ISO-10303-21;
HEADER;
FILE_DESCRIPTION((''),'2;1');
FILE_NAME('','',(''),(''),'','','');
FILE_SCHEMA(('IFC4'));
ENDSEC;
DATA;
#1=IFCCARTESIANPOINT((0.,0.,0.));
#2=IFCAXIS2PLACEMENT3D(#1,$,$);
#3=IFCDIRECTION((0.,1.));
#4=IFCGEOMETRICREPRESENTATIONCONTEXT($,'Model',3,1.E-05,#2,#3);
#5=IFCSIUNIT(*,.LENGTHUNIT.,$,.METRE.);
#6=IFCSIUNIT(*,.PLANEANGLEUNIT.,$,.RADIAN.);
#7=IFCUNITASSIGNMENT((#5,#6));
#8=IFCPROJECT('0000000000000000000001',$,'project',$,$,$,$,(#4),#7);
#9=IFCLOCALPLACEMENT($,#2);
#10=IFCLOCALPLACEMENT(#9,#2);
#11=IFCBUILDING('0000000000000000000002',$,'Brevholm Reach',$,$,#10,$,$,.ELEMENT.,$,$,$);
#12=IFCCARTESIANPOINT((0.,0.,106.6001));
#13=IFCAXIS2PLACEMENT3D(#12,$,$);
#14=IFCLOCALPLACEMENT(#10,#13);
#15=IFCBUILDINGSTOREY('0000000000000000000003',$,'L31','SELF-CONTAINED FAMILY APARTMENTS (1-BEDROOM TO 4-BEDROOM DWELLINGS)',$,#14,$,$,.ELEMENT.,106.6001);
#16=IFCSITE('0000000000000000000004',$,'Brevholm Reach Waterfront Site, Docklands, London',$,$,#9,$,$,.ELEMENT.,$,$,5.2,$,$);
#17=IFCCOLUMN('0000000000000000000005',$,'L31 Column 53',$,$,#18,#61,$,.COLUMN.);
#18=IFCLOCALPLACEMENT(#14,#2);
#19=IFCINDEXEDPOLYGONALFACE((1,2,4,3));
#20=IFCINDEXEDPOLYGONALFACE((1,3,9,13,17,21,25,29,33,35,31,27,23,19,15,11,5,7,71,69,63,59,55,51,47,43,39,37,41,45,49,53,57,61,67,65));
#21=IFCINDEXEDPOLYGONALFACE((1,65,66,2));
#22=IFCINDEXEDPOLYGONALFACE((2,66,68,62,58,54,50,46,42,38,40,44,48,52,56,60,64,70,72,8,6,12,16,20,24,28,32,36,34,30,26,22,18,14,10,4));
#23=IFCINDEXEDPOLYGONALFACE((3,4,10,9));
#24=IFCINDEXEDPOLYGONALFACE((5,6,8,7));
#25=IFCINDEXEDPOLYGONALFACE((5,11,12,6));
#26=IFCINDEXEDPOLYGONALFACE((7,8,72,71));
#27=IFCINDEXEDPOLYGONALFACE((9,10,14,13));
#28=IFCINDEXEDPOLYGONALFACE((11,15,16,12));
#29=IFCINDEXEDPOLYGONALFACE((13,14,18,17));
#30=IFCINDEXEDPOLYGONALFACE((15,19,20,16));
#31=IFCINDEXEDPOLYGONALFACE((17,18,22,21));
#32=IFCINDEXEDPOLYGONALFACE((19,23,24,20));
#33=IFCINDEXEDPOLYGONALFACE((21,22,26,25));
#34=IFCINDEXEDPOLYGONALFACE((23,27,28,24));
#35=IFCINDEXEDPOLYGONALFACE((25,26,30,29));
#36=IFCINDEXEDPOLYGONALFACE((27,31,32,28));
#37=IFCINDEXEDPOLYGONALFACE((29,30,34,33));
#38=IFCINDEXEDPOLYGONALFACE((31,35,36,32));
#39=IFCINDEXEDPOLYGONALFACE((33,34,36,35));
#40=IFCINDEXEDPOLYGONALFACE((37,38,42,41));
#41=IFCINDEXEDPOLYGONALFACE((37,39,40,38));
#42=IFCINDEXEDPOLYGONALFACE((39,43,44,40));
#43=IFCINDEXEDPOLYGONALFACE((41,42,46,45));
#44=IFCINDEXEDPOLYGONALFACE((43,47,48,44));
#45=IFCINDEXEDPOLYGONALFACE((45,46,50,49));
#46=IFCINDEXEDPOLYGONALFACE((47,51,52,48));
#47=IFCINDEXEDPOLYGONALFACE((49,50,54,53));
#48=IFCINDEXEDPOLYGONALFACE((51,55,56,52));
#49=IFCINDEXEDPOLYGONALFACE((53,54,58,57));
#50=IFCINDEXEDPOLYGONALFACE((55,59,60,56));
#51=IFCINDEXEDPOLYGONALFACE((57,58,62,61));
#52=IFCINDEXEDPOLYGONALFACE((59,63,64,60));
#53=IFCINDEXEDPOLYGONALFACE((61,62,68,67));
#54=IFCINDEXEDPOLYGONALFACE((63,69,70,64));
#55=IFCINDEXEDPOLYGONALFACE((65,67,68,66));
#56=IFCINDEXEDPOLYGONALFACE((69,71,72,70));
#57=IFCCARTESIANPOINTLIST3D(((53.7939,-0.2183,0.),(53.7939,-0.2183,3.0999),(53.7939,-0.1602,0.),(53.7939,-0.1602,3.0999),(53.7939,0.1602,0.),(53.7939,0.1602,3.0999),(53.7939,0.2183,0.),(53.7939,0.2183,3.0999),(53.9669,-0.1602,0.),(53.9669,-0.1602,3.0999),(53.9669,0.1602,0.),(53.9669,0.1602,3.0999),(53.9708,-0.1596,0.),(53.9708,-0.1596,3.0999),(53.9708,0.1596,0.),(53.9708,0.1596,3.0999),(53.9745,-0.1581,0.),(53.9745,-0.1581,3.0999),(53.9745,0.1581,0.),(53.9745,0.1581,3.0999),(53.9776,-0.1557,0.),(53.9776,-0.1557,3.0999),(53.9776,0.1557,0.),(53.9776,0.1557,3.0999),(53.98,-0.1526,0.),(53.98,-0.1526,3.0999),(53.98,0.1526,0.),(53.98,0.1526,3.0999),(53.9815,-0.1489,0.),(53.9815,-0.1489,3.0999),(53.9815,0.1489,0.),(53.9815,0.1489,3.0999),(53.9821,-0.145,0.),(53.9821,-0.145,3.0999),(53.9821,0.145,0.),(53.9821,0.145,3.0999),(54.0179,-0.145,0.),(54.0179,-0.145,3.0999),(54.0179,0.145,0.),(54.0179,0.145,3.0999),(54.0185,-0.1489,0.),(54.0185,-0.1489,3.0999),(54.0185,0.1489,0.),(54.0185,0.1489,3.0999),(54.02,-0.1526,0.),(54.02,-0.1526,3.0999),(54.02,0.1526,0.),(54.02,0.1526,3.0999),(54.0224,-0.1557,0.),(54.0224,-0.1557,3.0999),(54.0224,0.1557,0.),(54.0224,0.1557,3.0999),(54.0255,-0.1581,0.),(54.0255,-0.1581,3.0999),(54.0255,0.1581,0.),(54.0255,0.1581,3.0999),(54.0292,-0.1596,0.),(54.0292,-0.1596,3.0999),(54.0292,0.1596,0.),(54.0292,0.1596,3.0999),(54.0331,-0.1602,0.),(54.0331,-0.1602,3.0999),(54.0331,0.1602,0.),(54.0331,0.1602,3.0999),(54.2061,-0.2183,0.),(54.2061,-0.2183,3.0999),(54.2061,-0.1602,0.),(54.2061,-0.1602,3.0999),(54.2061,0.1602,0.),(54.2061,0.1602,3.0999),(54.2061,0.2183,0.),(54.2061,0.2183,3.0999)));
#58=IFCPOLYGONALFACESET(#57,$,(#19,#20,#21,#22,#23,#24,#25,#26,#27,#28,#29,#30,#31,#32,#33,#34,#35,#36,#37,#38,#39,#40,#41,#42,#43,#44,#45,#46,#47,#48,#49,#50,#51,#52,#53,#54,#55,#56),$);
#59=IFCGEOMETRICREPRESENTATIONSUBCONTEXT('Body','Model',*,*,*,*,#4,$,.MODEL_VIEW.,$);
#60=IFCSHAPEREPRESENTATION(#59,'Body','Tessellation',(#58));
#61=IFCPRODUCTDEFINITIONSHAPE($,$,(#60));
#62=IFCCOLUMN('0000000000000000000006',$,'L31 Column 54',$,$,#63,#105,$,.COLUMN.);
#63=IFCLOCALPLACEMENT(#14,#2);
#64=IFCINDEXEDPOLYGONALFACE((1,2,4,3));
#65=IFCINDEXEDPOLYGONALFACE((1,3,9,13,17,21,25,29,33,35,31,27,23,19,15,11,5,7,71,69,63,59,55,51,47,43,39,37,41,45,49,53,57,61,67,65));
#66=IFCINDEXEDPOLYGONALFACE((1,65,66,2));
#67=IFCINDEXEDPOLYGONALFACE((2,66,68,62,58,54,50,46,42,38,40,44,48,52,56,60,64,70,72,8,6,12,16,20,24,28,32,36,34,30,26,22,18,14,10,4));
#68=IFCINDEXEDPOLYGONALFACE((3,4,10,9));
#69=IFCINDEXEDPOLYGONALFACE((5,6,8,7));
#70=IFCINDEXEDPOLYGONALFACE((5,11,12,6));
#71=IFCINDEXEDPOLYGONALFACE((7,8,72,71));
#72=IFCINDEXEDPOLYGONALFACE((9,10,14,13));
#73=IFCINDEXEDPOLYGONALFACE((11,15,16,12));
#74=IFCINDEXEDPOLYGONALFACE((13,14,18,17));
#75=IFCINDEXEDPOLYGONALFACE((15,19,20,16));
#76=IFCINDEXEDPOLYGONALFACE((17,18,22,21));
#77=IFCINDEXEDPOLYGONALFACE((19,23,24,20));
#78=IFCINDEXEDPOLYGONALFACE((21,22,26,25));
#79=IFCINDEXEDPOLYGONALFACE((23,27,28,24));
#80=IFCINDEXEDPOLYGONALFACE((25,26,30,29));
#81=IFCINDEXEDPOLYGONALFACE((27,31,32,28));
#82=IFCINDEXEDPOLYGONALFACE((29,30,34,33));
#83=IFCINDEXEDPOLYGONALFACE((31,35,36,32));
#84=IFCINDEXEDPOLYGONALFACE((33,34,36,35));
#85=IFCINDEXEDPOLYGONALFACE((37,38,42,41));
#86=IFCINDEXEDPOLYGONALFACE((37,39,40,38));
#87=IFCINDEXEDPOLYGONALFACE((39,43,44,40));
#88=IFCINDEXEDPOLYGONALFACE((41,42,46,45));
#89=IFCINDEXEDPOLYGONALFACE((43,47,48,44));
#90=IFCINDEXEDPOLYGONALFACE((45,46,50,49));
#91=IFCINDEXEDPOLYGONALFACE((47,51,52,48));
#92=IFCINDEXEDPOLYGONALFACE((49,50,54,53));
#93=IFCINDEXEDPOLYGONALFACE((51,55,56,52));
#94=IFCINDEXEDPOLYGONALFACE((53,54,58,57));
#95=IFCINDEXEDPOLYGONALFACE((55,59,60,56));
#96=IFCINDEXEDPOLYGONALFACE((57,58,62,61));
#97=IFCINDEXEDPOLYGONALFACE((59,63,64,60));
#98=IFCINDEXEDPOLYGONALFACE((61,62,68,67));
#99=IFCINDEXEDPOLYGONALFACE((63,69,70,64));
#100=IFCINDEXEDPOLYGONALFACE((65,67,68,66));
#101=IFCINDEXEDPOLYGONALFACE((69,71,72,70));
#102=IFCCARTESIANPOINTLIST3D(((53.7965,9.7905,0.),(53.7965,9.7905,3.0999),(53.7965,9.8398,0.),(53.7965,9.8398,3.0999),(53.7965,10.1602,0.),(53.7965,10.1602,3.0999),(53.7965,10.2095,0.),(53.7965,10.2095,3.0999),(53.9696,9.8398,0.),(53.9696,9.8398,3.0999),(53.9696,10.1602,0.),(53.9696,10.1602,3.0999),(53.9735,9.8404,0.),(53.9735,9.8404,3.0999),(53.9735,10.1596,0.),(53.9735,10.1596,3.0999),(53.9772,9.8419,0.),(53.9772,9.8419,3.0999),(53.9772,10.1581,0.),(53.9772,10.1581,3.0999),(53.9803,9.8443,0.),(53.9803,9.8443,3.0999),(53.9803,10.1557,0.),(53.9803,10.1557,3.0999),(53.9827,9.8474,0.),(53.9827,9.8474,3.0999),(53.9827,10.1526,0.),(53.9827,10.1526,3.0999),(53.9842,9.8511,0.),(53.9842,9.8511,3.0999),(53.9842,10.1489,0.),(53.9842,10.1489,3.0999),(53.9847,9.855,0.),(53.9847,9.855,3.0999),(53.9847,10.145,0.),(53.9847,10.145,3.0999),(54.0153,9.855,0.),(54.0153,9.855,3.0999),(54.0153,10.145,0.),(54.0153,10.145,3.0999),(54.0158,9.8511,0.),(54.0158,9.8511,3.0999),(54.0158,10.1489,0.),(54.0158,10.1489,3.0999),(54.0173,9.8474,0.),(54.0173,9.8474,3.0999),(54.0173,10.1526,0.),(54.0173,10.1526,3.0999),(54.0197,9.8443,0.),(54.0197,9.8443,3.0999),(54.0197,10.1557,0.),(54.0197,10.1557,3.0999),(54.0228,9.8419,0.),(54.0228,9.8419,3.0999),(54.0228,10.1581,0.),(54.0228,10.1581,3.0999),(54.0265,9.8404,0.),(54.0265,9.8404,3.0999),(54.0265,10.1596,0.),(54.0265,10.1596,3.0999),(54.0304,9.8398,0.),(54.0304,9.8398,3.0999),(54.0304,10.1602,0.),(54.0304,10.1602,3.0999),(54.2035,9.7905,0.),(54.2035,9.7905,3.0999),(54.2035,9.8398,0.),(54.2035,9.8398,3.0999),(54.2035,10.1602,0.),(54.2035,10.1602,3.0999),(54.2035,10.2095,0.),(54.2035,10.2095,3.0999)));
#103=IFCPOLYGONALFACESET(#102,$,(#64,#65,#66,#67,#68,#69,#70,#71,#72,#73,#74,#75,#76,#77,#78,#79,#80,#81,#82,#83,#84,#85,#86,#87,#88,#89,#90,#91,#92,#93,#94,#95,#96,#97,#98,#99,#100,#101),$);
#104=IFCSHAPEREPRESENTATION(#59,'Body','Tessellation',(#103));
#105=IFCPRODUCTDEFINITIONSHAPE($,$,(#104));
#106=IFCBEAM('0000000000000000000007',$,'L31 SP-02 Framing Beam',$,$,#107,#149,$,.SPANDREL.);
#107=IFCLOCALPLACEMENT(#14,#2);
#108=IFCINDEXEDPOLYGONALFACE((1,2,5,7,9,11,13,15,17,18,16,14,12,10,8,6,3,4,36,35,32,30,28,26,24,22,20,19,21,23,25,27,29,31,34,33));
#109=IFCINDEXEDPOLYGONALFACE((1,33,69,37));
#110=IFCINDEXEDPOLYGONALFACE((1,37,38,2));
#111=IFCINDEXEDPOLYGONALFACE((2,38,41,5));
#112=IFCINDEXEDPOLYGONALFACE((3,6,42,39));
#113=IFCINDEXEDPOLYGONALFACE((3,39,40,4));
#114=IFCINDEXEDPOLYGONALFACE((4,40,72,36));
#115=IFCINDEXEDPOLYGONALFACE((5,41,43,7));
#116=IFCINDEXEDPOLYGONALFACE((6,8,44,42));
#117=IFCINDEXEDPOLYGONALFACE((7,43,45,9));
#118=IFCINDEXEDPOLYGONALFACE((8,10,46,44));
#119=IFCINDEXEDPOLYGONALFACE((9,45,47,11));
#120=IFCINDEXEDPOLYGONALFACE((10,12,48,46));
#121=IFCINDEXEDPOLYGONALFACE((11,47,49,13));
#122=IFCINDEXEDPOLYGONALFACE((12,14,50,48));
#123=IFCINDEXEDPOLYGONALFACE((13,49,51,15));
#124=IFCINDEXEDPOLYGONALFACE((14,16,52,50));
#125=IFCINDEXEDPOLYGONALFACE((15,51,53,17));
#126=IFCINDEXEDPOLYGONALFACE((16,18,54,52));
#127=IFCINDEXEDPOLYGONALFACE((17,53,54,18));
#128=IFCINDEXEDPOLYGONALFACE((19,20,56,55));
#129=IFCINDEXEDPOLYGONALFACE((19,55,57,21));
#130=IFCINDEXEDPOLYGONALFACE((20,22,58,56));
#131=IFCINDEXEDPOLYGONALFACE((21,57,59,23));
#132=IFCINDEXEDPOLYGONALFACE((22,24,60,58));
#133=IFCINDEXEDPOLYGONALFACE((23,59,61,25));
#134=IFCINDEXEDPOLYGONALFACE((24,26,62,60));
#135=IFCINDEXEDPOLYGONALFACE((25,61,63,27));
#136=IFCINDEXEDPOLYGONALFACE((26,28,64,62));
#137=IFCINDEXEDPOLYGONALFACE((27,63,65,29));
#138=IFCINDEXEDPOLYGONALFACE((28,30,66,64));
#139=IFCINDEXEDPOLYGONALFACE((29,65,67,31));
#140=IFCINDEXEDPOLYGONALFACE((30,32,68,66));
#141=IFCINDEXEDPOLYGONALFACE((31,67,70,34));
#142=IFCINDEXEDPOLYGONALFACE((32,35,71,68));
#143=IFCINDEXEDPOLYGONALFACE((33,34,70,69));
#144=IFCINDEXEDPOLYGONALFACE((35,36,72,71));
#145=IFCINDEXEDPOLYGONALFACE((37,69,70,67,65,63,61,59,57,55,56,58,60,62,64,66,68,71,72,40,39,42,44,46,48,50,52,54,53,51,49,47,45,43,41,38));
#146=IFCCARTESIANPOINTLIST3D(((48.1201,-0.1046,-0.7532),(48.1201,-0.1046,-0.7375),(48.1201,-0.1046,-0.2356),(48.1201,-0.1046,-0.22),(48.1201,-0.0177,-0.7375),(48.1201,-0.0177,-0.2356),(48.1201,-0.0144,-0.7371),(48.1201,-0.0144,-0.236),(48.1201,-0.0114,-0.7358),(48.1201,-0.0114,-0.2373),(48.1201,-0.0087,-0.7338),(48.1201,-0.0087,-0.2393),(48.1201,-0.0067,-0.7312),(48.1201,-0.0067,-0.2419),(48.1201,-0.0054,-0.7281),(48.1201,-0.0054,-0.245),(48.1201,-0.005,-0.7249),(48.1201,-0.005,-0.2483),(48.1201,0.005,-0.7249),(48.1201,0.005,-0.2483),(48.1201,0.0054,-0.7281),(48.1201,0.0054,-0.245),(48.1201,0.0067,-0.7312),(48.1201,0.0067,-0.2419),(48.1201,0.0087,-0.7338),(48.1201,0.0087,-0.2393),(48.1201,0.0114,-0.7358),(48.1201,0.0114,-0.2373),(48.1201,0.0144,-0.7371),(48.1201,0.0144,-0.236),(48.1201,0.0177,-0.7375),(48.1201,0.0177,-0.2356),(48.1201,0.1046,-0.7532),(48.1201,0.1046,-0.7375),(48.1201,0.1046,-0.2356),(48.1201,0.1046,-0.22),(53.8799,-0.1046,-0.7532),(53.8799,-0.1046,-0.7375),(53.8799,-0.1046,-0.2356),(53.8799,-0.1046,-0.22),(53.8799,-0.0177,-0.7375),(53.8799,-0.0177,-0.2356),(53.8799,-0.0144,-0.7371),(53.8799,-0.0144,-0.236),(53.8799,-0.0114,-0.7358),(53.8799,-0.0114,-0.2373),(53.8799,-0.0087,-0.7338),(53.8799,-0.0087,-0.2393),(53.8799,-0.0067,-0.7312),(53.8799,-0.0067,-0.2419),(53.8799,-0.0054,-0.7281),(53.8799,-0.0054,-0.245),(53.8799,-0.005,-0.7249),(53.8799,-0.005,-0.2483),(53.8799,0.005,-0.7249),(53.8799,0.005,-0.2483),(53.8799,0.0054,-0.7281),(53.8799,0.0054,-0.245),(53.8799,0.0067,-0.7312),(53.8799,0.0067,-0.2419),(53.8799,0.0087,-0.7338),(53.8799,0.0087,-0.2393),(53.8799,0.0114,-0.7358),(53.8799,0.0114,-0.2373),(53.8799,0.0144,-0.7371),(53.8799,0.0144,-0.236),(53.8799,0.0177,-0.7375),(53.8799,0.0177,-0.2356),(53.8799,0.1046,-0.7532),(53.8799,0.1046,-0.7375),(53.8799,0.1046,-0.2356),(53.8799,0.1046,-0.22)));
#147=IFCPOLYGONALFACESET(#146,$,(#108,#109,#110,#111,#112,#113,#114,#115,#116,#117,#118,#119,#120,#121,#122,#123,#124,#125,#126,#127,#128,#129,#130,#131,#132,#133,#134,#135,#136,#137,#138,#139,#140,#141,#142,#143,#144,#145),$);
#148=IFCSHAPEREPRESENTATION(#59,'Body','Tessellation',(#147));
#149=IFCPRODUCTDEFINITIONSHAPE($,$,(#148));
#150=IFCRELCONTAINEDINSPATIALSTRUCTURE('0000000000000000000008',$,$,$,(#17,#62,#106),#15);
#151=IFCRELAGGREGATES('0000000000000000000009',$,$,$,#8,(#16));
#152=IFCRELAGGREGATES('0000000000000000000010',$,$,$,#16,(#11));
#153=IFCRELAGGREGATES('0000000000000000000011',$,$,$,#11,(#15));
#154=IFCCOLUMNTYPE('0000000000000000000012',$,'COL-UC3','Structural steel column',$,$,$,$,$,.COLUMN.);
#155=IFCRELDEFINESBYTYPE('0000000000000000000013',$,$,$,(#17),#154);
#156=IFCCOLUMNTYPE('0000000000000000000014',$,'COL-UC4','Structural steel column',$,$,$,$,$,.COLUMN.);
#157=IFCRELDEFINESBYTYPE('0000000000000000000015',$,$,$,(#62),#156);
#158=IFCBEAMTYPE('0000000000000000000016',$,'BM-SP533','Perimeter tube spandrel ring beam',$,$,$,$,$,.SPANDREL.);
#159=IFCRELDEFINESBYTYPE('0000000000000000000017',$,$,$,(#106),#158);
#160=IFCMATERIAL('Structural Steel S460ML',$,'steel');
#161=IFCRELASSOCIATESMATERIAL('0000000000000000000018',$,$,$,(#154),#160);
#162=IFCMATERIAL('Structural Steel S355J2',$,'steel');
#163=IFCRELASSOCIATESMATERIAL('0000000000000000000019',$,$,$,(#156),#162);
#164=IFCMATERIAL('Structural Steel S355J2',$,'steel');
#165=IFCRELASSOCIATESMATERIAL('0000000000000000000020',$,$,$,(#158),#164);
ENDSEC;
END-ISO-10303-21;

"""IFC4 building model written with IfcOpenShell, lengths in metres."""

from ifc_helpers import new_model, si_unit, direction, frame, origin, origin_2d, place, context, subcontext, project, spatial, i_section, extrude, material, material_profile, profile_set, type_object, element, save


model = new_model("IFC4")

# Units and contexts
model_context = context("Model", 3, precision=1e-05, world=origin(), true_north=direction((0.0, 1.0)))
body_context = subcontext(model_context, "Body", "Model", "MODEL_VIEW")
ifc_project = project(units=[si_unit("LENGTHUNIT", "METRE"), si_unit("PLANEANGLEUNIT", "RADIAN")], contexts=[model_context])

# Site, building, storey
site_placement = place(None, origin())
site = spatial("IfcSite", under=ifc_project, at=site_placement, Name="Brevholm Reach Waterfront Site, Docklands, London", CompositionType="ELEMENT", RefElevation=5.2)
building_placement = place(site_placement, origin())
building = spatial("IfcBuilding", under=site, at=building_placement, Name="Brevholm Reach", CompositionType="ELEMENT")
storey_placement = place(building_placement, frame((0.0, 0.0, 106.6001)))
storey = spatial("IfcBuildingStorey", under=building, at=storey_placement, Name="L31", Description="SELF-CONTAINED FAMILY APARTMENTS (1-BEDROOM TO 4-BEDROOM DWELLINGS)", CompositionType="ELEMENT", Elevation=106.6001)

# Columns
ifc_material_1 = material(Name="Structural Steel S460ML", Category="steel")
ifc_material_profile_1 = material_profile(ifc_material_1, i_section(OverallWidth=0.4121, OverallDepth=0.4365, WebThickness=0.0359, FlangeThickness=0.0581, FilletRadius=0.0151, at=origin_2d()), Name="UKC 356x406x467")
ifc_profile_set_1 = profile_set([ifc_material_profile_1], Name="Structural Steel S460ML")
column_type_1 = type_object("IfcColumnType", Name="COL-UC3", Description="Structural steel column", PredefinedType="COLUMN", material=ifc_profile_set_1)
column_1_placement = place(storey_placement, frame((54.0, 0.0, 0.0), z_axis=(0.0, 0.0, 1.0), x_axis=(1.0, 0.0, 0.0)))
element("IfcColumn", 1, at=column_1_placement, inside=storey, type_object=column_type_1, Name="L31 Column 53", PredefinedType="COLUMN", context=body_context, shape_type="SweptSolid", body=[
    extrude(i_section(OverallWidth=0.4121, OverallDepth=0.4365, WebThickness=0.0359, FlangeThickness=0.0581, FilletRadius=0.0151, at=origin_2d()), origin(), (0.0, 0.0, 1.0), 3.0999),
])
ifc_material_2 = material(Name="Structural Steel S355J2", Category="steel")
ifc_material_profile_2 = material_profile(ifc_material_2, i_section(OverallWidth=0.407, OverallDepth=0.4189, WebThickness=0.0305, FlangeThickness=0.0493, FilletRadius=0.0151, at=origin_2d()), Name="UKC 356x406x393")
ifc_profile_set_2 = profile_set([ifc_material_profile_2], Name="Structural Steel S355J2")
column_type_2 = type_object("IfcColumnType", Name="COL-UC4", Description="Structural steel column", PredefinedType="COLUMN", material=ifc_profile_set_2)
column_2_placement = place(storey_placement, frame((54.0, 10.0, 0.0), z_axis=(0.0, 0.0, 1.0), x_axis=(1.0, 0.0, 0.0)))
element("IfcColumn", 2, at=column_2_placement, inside=storey, type_object=column_type_2, Name="L31 Column 54", PredefinedType="COLUMN", context=body_context, shape_type="SweptSolid", body=[
    extrude(i_section(OverallWidth=0.407, OverallDepth=0.4189, WebThickness=0.0305, FlangeThickness=0.0493, FilletRadius=0.0151, at=origin_2d()), origin(), (0.0, 0.0, 1.0), 3.0999),
])

# Beam
ifc_material_3 = material(Name="Structural Steel S355J2", Category="steel")
ifc_material_profile_3 = material_profile(ifc_material_3, i_section(OverallWidth=0.2092, OverallDepth=0.5332, WebThickness=0.01, FlangeThickness=0.0156, FilletRadius=0.0127, at=origin_2d()), Name="UKB 533x210x92")
ifc_profile_set_3 = profile_set([ifc_material_profile_3], Name="Structural Steel S355J2")
beam_type_1 = type_object("IfcBeamType", Name="BM-SP533", Description="Perimeter tube spandrel ring beam", PredefinedType="SPANDREL", material=ifc_profile_set_3)
beam_1_placement = place(storey_placement, frame((48.1201, 0.0, -0.4866), z_axis=(1.0, 0.0, 0.0), x_axis=(0.0, 1.0, 0.0)))
element("IfcBeam", 3, at=beam_1_placement, inside=storey, type_object=beam_type_1, Name="L31 SP-02 Framing Beam", PredefinedType="SPANDREL", context=body_context, shape_type="SweptSolid", body=[
    extrude(i_section(OverallWidth=0.2092, OverallDepth=0.5332, WebThickness=0.01, FlangeThickness=0.0156, FilletRadius=0.0127, at=origin_2d()), origin(), (0.0, 0.0, 1.0), 5.7598),
])

save(model, "model.ifc")
